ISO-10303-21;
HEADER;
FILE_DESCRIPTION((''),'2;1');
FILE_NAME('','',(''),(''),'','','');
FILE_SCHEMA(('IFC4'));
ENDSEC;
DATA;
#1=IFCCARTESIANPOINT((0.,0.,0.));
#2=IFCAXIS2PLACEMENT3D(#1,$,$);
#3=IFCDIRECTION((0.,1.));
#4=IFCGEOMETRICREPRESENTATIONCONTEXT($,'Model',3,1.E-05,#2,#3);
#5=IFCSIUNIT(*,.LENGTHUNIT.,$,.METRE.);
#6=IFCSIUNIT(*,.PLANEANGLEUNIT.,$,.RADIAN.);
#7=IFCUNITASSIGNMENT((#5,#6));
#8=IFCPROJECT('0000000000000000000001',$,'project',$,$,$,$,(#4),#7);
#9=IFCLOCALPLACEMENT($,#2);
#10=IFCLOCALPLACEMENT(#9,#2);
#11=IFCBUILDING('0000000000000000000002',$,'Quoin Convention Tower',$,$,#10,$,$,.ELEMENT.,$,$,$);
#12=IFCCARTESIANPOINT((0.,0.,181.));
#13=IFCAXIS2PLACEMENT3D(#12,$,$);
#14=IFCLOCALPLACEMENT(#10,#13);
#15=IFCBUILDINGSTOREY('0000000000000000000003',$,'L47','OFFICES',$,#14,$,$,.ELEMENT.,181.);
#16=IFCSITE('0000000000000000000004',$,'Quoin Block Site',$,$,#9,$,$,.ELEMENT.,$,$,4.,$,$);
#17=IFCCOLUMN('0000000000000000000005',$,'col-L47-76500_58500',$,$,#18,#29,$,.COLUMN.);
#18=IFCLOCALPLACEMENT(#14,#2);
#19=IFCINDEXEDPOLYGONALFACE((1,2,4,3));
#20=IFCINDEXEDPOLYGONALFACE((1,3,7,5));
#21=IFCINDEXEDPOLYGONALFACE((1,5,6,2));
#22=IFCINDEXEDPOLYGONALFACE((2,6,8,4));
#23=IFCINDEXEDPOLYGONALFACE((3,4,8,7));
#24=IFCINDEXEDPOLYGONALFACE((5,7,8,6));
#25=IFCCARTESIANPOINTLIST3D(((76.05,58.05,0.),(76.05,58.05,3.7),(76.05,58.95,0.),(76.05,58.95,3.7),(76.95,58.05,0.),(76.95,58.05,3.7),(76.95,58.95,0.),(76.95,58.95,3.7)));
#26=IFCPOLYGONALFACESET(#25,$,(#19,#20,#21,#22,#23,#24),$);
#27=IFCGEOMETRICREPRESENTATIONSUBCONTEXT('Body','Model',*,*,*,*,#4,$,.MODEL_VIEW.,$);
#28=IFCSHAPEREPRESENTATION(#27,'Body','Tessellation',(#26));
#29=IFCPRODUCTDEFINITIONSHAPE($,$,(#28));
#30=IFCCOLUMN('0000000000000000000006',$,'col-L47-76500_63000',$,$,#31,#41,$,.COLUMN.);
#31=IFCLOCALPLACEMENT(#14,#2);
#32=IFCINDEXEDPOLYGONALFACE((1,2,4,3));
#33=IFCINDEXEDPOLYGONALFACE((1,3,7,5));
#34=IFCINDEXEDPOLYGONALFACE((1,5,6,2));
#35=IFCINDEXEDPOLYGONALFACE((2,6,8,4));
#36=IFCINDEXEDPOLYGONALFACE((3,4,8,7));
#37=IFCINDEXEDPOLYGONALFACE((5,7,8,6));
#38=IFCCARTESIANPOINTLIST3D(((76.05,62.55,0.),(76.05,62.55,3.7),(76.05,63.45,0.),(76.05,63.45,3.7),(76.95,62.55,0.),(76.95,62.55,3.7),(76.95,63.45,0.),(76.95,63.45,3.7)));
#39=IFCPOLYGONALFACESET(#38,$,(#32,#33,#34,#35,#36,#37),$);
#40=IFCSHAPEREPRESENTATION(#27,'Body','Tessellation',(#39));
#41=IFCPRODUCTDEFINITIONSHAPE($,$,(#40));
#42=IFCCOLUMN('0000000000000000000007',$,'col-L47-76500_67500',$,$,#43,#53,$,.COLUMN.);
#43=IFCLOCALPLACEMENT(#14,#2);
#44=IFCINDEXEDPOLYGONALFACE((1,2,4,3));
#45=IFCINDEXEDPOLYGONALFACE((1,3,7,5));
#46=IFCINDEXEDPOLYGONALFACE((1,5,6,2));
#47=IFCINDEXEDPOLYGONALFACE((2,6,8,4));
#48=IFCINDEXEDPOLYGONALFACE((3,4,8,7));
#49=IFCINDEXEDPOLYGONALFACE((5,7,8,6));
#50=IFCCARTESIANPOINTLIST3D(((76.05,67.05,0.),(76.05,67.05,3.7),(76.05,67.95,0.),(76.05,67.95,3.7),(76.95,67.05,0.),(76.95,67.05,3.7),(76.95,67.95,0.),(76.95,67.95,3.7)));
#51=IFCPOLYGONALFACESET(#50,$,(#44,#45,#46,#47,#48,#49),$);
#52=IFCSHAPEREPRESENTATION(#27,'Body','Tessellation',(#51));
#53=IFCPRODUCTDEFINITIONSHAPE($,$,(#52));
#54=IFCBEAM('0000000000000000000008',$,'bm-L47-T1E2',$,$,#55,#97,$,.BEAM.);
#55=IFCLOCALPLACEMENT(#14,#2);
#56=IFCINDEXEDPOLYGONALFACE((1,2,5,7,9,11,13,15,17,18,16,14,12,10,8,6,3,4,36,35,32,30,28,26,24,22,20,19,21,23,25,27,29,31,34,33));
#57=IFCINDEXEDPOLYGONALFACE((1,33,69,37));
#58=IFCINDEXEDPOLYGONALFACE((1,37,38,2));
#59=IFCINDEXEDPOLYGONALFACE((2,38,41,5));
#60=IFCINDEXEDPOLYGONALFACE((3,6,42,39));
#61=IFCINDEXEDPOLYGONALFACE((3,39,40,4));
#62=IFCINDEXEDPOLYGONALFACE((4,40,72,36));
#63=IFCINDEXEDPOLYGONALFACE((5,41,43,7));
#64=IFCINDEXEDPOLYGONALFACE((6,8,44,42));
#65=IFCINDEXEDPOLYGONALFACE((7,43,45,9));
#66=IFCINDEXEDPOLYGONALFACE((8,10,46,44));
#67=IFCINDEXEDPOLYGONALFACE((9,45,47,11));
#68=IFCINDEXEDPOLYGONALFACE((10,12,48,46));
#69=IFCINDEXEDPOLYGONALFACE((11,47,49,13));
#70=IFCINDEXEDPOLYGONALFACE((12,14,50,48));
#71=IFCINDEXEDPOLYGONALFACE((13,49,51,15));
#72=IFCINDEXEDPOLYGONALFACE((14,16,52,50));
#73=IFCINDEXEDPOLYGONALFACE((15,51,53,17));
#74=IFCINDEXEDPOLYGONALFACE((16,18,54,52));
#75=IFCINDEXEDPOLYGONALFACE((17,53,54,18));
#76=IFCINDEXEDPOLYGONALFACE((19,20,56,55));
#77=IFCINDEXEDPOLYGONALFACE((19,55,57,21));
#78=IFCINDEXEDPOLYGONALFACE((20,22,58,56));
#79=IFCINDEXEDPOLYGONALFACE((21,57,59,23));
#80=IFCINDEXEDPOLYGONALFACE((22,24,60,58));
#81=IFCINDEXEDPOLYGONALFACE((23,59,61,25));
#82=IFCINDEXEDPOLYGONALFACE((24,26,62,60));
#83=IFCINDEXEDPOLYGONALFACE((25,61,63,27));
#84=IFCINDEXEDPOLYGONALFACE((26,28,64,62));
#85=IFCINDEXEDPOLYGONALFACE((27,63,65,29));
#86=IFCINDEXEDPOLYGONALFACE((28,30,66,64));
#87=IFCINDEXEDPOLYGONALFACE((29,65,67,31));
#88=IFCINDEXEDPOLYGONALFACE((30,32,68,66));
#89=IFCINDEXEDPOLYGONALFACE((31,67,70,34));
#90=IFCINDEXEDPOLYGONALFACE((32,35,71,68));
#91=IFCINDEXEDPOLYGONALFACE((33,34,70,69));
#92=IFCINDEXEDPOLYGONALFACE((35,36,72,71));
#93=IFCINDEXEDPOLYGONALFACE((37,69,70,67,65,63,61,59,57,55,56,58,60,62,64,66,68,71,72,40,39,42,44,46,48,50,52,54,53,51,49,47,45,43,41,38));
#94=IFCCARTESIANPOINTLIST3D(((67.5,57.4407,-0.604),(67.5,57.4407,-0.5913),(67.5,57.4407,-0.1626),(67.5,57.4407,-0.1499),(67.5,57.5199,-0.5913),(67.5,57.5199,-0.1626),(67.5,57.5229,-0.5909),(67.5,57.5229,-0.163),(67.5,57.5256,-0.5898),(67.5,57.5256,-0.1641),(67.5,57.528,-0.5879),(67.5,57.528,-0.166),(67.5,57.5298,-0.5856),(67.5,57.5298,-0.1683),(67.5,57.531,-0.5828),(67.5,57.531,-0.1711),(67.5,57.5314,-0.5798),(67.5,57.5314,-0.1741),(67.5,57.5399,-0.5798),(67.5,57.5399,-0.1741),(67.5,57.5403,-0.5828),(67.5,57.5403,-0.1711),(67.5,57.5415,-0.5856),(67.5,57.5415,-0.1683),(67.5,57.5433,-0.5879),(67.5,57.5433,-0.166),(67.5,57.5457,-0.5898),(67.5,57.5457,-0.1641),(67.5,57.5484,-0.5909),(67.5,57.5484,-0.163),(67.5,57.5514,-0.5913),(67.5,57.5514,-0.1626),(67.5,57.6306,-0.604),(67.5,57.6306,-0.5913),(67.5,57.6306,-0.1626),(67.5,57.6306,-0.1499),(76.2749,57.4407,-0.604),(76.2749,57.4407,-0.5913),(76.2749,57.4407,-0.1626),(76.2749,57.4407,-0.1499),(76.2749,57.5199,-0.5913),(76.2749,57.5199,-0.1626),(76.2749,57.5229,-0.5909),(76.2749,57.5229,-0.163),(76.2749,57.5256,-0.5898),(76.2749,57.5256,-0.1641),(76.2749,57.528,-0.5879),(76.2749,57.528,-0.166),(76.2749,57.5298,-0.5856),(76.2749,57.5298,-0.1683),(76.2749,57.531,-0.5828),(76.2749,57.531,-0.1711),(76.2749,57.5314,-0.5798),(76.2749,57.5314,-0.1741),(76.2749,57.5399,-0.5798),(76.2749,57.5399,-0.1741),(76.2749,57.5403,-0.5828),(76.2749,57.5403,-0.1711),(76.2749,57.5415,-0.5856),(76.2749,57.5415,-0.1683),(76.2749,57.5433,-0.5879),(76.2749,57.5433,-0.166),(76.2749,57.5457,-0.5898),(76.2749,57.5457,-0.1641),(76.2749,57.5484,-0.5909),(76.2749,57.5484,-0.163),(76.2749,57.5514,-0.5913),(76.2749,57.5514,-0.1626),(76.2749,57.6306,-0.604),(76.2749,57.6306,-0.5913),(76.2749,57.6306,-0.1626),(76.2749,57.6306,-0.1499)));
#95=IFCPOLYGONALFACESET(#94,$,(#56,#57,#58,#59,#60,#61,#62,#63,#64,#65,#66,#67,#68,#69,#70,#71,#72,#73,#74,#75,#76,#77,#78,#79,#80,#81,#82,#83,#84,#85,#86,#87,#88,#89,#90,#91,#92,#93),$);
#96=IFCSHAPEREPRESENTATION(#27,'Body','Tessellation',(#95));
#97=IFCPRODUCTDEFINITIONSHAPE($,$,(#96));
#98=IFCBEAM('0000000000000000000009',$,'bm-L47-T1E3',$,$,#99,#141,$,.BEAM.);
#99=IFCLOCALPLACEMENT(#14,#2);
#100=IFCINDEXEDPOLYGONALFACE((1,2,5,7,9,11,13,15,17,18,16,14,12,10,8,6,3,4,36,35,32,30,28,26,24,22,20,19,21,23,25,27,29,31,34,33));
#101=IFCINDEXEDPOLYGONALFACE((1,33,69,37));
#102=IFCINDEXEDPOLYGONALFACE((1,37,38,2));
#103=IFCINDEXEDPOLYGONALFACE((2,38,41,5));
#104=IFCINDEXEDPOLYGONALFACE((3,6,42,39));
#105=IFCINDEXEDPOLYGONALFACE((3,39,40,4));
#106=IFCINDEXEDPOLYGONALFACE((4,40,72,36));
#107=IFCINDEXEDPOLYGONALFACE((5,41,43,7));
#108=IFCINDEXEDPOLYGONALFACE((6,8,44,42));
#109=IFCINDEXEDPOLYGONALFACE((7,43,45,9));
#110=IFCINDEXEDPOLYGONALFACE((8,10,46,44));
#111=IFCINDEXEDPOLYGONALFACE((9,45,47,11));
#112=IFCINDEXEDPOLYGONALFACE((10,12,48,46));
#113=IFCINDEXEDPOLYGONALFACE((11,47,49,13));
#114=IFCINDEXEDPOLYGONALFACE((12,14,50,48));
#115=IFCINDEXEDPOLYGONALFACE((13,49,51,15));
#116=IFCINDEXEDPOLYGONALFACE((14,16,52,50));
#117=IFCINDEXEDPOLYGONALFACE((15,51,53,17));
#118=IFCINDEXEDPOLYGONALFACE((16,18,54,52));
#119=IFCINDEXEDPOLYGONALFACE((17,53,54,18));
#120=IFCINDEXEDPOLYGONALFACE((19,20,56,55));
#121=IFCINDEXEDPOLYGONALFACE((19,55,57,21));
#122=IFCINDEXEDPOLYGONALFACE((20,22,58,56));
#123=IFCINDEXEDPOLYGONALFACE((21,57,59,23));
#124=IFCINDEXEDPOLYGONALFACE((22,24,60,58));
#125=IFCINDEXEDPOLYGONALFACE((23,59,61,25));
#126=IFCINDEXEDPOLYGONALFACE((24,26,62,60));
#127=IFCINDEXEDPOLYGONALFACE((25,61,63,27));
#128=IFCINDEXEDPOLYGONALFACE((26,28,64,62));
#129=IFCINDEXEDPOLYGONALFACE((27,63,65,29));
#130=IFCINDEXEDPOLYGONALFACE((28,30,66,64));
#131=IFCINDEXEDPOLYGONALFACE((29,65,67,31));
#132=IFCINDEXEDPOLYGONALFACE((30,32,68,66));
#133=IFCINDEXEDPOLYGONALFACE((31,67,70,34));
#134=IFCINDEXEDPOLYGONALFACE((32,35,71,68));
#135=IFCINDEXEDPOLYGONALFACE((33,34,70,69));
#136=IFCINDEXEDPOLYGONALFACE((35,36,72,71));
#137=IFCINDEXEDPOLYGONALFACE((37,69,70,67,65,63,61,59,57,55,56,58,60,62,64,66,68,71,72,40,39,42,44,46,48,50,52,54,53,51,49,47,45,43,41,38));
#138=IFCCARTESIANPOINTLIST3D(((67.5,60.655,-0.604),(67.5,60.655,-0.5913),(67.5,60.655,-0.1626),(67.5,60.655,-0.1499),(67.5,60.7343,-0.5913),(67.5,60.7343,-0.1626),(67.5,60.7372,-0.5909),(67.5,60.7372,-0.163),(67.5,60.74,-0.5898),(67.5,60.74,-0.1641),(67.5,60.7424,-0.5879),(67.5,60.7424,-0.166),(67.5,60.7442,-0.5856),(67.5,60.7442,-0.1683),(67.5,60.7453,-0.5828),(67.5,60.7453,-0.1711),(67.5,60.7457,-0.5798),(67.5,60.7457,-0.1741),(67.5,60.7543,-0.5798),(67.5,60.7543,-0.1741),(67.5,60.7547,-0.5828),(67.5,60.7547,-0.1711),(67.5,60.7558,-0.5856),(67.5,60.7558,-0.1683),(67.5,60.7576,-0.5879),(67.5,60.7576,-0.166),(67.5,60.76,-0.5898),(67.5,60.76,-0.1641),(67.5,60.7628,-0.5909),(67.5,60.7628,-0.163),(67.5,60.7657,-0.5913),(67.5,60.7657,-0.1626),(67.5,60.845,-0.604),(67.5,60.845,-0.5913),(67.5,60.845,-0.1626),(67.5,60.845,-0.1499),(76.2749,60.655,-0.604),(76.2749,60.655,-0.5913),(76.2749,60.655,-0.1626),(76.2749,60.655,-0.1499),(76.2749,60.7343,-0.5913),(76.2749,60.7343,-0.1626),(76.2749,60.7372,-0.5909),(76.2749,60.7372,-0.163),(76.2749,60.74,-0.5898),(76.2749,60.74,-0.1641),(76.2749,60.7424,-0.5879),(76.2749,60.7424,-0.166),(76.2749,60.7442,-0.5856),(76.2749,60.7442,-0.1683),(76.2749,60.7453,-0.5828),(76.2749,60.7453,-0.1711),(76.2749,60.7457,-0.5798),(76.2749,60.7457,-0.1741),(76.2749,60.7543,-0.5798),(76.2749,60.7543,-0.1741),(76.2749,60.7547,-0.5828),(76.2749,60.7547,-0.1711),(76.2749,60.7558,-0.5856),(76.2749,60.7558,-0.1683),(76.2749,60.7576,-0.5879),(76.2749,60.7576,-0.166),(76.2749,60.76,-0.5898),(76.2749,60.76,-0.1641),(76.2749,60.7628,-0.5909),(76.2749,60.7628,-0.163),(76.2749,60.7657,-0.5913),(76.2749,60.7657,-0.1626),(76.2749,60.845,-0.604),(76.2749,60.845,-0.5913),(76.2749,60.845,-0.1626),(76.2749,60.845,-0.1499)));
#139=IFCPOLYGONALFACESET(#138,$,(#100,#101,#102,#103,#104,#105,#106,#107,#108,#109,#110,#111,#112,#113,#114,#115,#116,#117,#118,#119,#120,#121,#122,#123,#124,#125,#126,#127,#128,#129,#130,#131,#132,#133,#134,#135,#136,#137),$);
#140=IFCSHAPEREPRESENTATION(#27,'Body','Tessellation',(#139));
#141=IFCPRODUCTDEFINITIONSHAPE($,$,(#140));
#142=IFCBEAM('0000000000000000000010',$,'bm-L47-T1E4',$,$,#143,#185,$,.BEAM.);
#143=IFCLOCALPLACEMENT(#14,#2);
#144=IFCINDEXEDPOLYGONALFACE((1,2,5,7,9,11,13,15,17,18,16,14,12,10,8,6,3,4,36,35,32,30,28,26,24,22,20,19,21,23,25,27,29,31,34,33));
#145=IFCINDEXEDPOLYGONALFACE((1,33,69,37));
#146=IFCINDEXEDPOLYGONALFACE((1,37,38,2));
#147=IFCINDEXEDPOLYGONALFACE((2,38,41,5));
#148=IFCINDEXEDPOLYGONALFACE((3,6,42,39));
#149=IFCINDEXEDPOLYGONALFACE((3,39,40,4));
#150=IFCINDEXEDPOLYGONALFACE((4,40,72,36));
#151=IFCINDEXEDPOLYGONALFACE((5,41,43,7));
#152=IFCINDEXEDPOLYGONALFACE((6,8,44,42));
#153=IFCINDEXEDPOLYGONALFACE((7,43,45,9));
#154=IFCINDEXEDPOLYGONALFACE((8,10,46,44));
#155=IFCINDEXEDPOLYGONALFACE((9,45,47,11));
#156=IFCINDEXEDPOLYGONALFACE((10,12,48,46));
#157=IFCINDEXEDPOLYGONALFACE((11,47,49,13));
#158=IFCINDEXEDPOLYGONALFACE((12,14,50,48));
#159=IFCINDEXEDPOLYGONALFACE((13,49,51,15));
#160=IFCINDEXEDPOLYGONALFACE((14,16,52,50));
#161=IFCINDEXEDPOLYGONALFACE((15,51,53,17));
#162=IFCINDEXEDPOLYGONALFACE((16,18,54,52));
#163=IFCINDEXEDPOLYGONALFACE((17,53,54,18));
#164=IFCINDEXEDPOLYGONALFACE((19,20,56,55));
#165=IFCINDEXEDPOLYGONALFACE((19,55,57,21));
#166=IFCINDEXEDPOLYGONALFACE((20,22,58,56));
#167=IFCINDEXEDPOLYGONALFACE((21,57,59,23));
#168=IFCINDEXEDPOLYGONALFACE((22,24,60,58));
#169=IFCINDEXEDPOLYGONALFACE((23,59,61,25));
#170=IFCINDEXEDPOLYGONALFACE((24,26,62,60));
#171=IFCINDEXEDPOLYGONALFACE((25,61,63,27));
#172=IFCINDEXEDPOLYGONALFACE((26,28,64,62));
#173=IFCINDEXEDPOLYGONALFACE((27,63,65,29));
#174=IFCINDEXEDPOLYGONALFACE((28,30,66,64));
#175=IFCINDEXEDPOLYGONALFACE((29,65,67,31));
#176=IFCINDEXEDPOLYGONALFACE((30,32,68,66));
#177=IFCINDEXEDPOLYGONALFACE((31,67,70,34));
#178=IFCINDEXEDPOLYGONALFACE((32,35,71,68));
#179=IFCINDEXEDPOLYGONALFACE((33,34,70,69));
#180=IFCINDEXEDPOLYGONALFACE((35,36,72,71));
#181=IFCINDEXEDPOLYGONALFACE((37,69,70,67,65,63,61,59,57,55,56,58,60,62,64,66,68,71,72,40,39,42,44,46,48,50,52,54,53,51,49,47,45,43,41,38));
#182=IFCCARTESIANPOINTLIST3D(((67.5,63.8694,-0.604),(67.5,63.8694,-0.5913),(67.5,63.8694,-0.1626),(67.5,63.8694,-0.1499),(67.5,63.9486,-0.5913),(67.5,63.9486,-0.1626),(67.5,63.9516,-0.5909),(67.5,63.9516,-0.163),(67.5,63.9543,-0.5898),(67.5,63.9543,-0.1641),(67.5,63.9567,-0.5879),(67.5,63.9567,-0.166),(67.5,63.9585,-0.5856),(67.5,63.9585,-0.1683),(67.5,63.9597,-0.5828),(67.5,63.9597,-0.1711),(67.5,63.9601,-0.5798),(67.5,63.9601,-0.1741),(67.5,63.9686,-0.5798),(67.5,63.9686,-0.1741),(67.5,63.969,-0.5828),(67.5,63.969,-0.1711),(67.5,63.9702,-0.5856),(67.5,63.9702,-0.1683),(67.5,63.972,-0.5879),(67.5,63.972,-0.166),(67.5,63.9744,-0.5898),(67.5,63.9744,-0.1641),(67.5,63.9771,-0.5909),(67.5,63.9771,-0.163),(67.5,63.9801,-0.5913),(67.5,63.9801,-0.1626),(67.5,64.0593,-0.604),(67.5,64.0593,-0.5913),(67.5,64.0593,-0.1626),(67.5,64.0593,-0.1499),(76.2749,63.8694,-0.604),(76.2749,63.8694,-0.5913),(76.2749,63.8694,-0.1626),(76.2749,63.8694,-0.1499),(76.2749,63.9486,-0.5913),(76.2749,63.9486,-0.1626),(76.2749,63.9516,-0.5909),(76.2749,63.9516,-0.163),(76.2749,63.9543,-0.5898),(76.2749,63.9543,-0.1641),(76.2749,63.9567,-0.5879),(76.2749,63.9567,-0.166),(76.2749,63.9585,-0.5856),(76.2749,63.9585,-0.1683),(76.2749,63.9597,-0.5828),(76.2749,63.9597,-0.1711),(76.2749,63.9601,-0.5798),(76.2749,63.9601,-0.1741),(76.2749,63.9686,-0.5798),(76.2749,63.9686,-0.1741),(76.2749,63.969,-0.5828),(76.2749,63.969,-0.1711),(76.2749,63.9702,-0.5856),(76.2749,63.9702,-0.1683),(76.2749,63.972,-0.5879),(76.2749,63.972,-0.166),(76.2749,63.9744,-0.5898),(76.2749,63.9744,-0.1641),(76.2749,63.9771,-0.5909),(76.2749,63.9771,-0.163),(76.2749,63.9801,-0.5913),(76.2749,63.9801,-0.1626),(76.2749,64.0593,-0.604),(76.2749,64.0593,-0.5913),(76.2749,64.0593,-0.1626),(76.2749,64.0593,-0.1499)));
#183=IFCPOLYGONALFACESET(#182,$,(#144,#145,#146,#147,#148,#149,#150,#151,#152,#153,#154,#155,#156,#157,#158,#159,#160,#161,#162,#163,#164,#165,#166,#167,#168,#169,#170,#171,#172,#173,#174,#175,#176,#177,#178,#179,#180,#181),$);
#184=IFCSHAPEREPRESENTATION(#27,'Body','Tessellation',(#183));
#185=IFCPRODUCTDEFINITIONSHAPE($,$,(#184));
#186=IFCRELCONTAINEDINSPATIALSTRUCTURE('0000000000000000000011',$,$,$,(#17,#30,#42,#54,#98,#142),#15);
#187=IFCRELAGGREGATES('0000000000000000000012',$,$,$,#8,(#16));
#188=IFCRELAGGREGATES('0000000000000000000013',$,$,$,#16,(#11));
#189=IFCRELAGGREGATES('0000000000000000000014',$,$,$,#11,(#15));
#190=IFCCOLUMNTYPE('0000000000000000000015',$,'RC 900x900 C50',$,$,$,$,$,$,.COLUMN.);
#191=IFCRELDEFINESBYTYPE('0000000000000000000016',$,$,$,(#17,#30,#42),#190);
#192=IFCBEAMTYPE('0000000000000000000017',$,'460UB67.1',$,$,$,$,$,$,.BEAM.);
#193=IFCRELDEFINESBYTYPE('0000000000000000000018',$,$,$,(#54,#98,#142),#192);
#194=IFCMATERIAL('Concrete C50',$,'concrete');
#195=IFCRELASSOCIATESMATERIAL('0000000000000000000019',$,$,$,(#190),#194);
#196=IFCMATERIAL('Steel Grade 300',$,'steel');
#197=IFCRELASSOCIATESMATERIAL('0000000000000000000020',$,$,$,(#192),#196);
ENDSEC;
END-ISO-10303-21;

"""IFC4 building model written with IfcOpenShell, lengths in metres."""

from ifc_helpers import new_model, si_unit, direction, frame, origin, origin_2d, place, context, subcontext, project, spatial, rectangle, i_section, extrude, material, material_profile, profile_set, type_object, element, save


model = new_model("IFC4")

# Units and contexts
model_context = context("Model", 3, precision=1e-05, world=origin(), true_north=direction((0.0, 1.0)))
body_context = subcontext(model_context, "Body", "Model", "MODEL_VIEW")
ifc_project = project(units=[si_unit("LENGTHUNIT", "METRE"), si_unit("PLANEANGLEUNIT", "RADIAN")], contexts=[model_context])

# Site, building, storey
site_placement = place(None, origin())
site = spatial("IfcSite", under=ifc_project, at=site_placement, Name="Quoin Block Site", CompositionType="ELEMENT", RefElevation=4.0)
building_placement = place(site_placement, origin())
building = spatial("IfcBuilding", under=site, at=building_placement, Name="Quoin Convention Tower", CompositionType="ELEMENT")
storey_placement = place(building_placement, frame((0.0, 0.0, 181.0)))
storey = spatial("IfcBuildingStorey", under=building, at=storey_placement, Name="L47", Description="OFFICES", CompositionType="ELEMENT", Elevation=181.0)

# Columns
ifc_material_1 = material(Name="Concrete C50", Category="concrete")
ifc_material_profile_1 = material_profile(ifc_material_1, rectangle(XDim=0.8999, YDim=0.8999, at=origin_2d()), Name="RC 900x900")
ifc_profile_set_1 = profile_set([ifc_material_profile_1], Name="Concrete C50")
column_type = type_object("IfcColumnType", Name="RC 900x900 C50", PredefinedType="COLUMN", material=ifc_profile_set_1)
for number, where, z_axis, x_axis, name in (
    (1, (76.5, 58.5, 0.0), (0.0, 0.0, 1.0), (1.0, 0.0, 0.0), "col-L47-76500_58500"),
    (2, (76.5, 63.0, 0.0), (0.0, 0.0, 1.0), (1.0, 0.0, 0.0), "col-L47-76500_63000"),
    (3, (76.5, 67.5, 0.0), (0.0, 0.0, 1.0), (1.0, 0.0, 0.0), "col-L47-76500_67500"),
):
    element("IfcColumn", number, at=place(storey_placement, frame(where, z_axis=z_axis, x_axis=x_axis)), inside=storey, type_object=column_type, Name=name, PredefinedType="COLUMN", context=body_context, shape_type="SweptSolid", body=[
        extrude(rectangle(XDim=0.8999, YDim=0.8999, at=origin_2d()), origin(), (0.0, 0.0, 1.0), 3.7),
    ])

# Beams
ifc_material_2 = material(Name="Steel Grade 300", Category="steel")
ifc_material_profile_2 = material_profile(ifc_material_2, i_section(OverallWidth=0.1899, OverallDepth=0.4541, WebThickness=0.0085, FlangeThickness=0.0127, FilletRadius=0.0115, at=origin_2d()), Name="460UB67.1")
ifc_profile_set_2 = profile_set([ifc_material_profile_2], Name="Steel Grade 300")
beam_type_1 = type_object("IfcBeamType", Name="460UB67.1", PredefinedType="BEAM", material=ifc_profile_set_2)
for number, where, z_axis, x_axis, name in (
    (4, (67.5, 57.5356, -0.377), (1.0, 0.0, 0.0), (0.0, 1.0, 0.0), "bm-L47-T1E2"),
    (5, (67.5, 60.75, -0.377), (1.0, 0.0, 0.0), (0.0, 1.0, 0.0), "bm-L47-T1E3"),
    (6, (67.5, 63.9644, -0.377), (1.0, 0.0, 0.0), (0.0, 1.0, 0.0), "bm-L47-T1E4"),
):
    element("IfcBeam", number, at=place(storey_placement, frame(where, z_axis=z_axis, x_axis=x_axis)), inside=storey, type_object=beam_type_1, Name=name, PredefinedType="BEAM", context=body_context, shape_type="SweptSolid", body=[
        extrude(i_section(OverallWidth=0.1899, OverallDepth=0.4541, WebThickness=0.0085, FlangeThickness=0.0127, FilletRadius=0.0115, at=origin_2d()), origin(), (0.0, 0.0, 1.0), 8.7749),
    ])

save(model, "model.ifc")
